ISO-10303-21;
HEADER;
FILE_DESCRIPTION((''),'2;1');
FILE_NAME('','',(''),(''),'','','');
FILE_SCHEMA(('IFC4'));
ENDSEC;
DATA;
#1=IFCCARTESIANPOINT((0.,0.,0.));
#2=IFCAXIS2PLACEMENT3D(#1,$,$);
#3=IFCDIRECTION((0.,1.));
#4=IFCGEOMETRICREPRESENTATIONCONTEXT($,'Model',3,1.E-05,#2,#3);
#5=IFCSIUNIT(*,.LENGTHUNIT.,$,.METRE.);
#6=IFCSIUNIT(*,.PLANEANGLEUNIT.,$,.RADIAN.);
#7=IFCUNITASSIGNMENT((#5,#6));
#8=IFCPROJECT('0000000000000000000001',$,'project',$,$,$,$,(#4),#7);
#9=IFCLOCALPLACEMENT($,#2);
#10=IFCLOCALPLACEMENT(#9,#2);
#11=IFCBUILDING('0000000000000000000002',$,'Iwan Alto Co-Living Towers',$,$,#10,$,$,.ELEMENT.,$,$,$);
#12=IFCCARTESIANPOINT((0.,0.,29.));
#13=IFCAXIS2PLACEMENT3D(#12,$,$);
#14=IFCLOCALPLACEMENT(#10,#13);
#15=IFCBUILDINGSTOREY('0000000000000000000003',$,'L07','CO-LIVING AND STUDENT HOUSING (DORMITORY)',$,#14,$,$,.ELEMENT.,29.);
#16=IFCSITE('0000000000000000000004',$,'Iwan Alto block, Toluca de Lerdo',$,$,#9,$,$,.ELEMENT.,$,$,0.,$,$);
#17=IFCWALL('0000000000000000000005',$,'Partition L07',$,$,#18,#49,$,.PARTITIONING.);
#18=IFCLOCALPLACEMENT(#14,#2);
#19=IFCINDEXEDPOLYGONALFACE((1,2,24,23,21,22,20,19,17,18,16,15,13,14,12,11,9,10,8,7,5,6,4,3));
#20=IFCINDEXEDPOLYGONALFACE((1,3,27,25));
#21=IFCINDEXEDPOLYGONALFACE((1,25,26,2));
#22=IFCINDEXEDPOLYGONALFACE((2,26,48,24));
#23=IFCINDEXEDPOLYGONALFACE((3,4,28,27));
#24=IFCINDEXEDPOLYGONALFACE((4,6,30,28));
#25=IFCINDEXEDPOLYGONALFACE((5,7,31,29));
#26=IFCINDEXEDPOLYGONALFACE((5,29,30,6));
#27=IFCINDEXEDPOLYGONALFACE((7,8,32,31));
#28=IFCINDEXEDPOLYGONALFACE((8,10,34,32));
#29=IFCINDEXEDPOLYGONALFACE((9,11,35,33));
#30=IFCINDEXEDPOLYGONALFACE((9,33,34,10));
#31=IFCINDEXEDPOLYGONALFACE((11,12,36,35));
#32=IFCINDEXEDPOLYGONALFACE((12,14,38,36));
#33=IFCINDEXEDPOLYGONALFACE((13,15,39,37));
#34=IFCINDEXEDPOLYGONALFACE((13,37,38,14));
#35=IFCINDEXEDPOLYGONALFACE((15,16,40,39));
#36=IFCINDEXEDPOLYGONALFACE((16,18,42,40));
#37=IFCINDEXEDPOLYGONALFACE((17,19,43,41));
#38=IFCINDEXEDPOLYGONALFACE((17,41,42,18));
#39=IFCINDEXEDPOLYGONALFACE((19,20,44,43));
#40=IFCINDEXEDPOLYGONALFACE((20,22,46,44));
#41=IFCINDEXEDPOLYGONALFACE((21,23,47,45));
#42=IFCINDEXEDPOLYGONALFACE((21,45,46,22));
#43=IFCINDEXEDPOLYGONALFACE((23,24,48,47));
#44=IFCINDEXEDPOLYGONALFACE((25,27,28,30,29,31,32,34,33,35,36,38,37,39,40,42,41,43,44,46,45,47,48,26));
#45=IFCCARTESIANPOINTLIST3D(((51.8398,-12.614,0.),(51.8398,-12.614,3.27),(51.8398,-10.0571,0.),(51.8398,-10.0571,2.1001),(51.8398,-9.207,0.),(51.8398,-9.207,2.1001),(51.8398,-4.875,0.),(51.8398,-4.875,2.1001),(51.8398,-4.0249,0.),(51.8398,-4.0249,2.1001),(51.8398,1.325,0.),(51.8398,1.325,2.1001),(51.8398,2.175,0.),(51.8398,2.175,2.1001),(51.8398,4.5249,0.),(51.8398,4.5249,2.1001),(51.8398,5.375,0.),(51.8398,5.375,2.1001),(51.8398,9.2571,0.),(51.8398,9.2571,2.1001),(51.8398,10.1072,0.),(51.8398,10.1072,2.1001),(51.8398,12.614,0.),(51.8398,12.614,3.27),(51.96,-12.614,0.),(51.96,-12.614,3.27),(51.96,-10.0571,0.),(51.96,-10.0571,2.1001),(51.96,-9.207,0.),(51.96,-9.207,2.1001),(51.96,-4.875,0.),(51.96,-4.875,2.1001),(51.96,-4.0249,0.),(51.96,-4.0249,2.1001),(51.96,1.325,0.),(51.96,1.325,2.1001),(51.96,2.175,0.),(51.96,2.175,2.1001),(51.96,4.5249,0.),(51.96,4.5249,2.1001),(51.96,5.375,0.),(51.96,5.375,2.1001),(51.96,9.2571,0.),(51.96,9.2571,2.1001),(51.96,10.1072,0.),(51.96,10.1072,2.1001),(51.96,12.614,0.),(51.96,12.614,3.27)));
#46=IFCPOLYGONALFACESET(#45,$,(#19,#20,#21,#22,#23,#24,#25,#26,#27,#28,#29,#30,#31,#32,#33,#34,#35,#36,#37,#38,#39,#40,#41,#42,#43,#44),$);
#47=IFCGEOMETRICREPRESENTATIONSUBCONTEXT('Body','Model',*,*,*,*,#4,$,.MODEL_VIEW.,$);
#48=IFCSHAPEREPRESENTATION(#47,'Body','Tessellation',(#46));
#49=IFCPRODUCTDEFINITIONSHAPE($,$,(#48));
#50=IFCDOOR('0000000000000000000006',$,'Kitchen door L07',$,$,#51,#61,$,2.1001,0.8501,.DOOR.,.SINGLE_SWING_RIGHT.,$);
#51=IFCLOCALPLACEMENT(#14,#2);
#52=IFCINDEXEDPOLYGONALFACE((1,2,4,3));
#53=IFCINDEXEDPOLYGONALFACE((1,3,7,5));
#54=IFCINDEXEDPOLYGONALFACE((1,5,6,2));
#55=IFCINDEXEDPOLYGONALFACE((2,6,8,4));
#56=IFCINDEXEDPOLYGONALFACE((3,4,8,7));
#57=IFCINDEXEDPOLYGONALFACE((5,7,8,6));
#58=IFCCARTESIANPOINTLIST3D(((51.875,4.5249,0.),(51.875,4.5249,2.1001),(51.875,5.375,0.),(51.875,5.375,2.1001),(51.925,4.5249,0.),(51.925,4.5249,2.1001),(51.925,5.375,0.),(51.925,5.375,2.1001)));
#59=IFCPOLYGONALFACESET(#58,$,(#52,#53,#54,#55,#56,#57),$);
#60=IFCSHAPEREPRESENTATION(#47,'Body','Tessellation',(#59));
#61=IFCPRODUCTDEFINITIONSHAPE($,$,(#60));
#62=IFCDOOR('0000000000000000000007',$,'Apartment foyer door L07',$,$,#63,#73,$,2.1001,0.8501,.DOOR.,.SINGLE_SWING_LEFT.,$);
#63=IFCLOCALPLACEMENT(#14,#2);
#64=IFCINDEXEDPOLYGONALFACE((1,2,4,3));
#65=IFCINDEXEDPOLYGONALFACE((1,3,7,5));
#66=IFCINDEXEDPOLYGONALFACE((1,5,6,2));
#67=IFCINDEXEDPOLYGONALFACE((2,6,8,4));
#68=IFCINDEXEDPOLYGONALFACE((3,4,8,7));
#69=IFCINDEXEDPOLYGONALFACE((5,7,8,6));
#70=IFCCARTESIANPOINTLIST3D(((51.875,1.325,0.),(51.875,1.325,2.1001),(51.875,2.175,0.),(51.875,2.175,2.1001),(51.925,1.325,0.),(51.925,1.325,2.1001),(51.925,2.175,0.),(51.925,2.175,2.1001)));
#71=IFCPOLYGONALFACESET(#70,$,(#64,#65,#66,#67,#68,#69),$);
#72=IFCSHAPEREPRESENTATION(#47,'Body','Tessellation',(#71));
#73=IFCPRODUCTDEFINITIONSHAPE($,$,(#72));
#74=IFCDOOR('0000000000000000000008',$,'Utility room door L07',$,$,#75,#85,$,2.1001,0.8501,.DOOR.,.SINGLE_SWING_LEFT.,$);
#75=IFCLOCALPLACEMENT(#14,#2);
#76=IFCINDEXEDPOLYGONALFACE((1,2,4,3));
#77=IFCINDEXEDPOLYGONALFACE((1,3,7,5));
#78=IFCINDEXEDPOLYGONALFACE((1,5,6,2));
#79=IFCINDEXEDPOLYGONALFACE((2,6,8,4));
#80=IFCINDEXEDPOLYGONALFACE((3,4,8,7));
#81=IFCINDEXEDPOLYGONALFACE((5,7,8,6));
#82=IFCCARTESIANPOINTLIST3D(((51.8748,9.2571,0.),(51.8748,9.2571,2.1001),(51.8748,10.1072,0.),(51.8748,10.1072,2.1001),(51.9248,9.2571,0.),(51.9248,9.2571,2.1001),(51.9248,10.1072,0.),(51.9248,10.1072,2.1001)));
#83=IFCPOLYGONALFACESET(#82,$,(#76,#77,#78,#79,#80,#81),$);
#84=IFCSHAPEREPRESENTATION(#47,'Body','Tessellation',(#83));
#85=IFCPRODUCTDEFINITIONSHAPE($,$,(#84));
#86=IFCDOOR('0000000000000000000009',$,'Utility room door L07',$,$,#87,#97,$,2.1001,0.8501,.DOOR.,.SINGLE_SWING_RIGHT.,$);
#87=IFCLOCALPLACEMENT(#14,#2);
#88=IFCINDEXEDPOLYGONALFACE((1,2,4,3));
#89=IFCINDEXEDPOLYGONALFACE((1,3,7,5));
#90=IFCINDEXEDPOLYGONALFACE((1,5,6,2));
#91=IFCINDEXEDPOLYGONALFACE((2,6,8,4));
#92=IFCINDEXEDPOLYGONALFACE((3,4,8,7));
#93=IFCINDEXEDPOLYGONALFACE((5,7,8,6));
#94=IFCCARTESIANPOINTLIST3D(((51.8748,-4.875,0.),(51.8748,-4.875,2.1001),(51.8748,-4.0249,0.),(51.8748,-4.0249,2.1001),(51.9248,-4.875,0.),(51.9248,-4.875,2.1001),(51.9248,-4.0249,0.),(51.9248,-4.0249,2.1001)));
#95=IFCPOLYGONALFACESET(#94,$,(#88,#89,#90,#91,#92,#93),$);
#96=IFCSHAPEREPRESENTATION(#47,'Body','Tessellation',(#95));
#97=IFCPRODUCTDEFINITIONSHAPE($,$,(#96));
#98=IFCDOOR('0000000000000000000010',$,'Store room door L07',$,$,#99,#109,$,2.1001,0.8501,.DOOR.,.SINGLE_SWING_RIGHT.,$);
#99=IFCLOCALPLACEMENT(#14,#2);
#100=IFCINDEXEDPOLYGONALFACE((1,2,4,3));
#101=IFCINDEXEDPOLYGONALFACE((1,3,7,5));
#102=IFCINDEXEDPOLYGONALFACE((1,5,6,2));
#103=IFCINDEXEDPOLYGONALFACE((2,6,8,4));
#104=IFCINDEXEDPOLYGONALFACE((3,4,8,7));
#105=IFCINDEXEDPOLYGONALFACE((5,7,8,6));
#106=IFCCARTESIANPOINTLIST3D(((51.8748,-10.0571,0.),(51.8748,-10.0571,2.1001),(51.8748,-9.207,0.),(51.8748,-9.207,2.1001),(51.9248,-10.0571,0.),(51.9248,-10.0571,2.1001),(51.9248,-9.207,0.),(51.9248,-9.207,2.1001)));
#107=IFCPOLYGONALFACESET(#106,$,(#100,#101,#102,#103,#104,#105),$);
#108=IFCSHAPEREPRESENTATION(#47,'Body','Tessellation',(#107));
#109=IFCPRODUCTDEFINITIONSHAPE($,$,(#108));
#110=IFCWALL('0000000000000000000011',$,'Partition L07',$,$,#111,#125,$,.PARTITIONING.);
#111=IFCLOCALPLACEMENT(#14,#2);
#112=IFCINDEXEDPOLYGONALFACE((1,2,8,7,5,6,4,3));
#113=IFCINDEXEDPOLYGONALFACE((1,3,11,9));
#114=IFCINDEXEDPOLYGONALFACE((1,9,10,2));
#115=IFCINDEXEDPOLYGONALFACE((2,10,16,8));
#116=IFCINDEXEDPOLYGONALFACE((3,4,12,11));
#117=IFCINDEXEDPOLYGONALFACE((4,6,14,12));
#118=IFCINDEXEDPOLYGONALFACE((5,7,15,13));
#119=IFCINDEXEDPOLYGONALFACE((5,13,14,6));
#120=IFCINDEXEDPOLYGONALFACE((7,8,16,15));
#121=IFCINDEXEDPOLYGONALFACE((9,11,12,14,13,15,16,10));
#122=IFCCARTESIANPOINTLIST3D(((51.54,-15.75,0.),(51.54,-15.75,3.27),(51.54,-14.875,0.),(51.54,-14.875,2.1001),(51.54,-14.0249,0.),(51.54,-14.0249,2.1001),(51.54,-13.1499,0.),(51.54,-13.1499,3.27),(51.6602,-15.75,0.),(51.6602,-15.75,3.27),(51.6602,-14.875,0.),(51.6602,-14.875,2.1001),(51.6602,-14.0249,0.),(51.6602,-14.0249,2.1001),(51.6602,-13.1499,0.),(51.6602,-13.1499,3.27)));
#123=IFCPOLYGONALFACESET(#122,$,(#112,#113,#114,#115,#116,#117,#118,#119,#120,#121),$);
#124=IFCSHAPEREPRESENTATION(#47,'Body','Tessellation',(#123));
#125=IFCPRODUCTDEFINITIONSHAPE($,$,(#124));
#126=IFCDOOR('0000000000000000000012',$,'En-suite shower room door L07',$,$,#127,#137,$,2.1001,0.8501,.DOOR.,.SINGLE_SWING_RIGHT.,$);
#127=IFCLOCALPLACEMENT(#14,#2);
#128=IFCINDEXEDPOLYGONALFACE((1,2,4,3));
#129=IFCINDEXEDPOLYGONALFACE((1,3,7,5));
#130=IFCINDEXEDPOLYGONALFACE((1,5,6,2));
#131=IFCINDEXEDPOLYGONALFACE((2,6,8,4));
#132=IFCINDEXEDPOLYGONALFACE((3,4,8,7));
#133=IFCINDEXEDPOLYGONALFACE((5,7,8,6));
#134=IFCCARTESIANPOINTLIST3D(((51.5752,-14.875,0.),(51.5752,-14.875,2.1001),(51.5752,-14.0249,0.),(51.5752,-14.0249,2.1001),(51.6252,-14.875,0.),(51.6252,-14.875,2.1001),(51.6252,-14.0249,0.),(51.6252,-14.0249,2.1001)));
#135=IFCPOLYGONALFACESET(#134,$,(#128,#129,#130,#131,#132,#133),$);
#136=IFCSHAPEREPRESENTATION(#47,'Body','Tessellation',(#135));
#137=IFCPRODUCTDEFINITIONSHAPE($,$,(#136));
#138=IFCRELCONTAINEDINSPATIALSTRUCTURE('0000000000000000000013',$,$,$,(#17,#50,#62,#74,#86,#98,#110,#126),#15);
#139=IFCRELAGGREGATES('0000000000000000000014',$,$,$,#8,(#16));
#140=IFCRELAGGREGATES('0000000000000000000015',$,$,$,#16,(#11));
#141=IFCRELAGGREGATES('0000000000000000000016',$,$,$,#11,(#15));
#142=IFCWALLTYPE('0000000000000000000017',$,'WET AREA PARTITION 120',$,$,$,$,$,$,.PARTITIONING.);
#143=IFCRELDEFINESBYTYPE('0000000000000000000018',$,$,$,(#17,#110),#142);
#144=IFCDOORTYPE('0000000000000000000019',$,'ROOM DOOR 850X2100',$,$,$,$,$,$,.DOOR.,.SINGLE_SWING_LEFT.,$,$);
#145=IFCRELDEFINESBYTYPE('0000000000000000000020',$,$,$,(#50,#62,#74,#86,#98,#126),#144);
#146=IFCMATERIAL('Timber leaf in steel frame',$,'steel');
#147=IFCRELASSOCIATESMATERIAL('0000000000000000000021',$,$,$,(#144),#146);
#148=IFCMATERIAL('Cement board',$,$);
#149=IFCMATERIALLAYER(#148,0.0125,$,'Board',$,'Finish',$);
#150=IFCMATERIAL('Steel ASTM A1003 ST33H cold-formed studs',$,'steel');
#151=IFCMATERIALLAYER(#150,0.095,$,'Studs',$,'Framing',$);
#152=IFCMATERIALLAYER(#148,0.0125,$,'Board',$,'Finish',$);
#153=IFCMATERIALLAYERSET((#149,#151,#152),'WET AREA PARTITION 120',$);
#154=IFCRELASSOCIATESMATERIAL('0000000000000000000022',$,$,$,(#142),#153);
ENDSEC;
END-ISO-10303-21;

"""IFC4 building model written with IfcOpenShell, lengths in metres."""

from ifc_helpers import new_model, si_unit, direction, frame, frame_2d, origin, place, context, subcontext, project, spatial, rectangle, extrude, material, layer, layer_set, type_object, element, fill, save


model = new_model("IFC4")

# Units and contexts
model_context = context("Model", 3, precision=1e-05, world=origin(), true_north=direction((0.0, 1.0)))
body_context = subcontext(model_context, "Body", "Model", "MODEL_VIEW")
ifc_project = project(units=[si_unit("LENGTHUNIT", "METRE"), si_unit("PLANEANGLEUNIT", "RADIAN")], contexts=[model_context])

# Site, building, storey
site_placement = place(None, origin())
site = spatial("IfcSite", under=ifc_project, at=site_placement, Name="Iwan Alto block, Toluca de Lerdo", CompositionType="ELEMENT", RefElevation=0.0)
building_placement = place(site_placement, origin())
building = spatial("IfcBuilding", under=site, at=building_placement, Name="Iwan Alto Co-Living Towers", CompositionType="ELEMENT")
storey_placement = place(building_placement, frame((0.0, 0.0, 29.0)))
storey = spatial("IfcBuildingStorey", under=building, at=storey_placement, Name="L07", Description="CO-LIVING AND STUDENT HOUSING (DORMITORY)", CompositionType="ELEMENT", Elevation=29.0)

# Shared definitions
ifc_material_1 = material(Name="Steel ASTM A1003 ST33H cold-formed studs", Category="steel")

# Shared definitions
ifc_material_2 = material(Name="Timber leaf in steel frame", Category="steel")
door_type = type_object("IfcDoorType", Name="ROOM DOOR 850X2100", OperationType="SINGLE_SWING_LEFT", PredefinedType="DOOR", material=ifc_material_2)

# Shared definitions
ifc_material_3 = material(Name="Cement board")
ifc_layer_1 = layer(ifc_material_3, 0.0125, Name="Board", Category="Finish")
ifc_layer_2 = layer(ifc_material_1, 0.095, Name="Studs", Category="Framing")
ifc_layer_3 = layer(ifc_material_3, 0.0125, Name="Board", Category="Finish")
ifc_layer_set_1 = layer_set([ifc_layer_1, ifc_layer_2, ifc_layer_3], Name="WET AREA PARTITION 120")
wall_type_1 = type_object("IfcWallType", Name="WET AREA PARTITION 120", PredefinedType="PARTITIONING", material=ifc_layer_set_1)

# Wall, openings, doors
wall_1_placement = place(storey_placement, frame((51.8999, -12.614, 0.0), z_axis=(0.0, 0.0, 1.0), x_axis=(0.0, 1.0, 0.0)))
wall_1 = element("IfcWall", 1, at=wall_1_placement, inside=storey, type_object=wall_type_1, Name="Partition L07", PredefinedType="PARTITIONING", context=body_context, shape_type="SweptSolid", body=[
    extrude(rectangle(XDim=25.228, YDim=0.1201, at=frame_2d((12.614, 0.0))), origin(), (0.0, 0.0, 1.0), 3.27),
])
opening_1_placement = place(wall_1_placement, frame((17.1389, 0.0, 0.0)))
opening_1 = element("IfcOpeningElement", 2, at=opening_1_placement, cuts=wall_1, PredefinedType="OPENING", context=body_context, shape_type="SweptSolid", body=[
    extrude(rectangle(XDim=0.8501, YDim=2.1001, at=frame_2d((0.425, 1.05))), frame((0.0, 0.0701, 0.0), z_axis=(0.0, -1.0, 0.0), x_axis=(1.0, 0.0, 0.0)), (0.0, 0.0, 1.0), 0.1401),
])
opening_2_placement = place(wall_1_placement, frame((13.939, 0.0, 0.0)))
opening_2 = element("IfcOpeningElement", 3, at=opening_2_placement, cuts=wall_1, PredefinedType="OPENING", context=body_context, shape_type="SweptSolid", body=[
    extrude(rectangle(XDim=0.8501, YDim=2.1001, at=frame_2d((0.425, 1.05))), frame((0.0, 0.0701, 0.0), z_axis=(0.0, -1.0, 0.0), x_axis=(1.0, 0.0, 0.0)), (0.0, 0.0, 1.0), 0.1401),
])
opening_3_placement = place(wall_1_placement, frame((21.8711, 0.0, 0.0)))
opening_3 = element("IfcOpeningElement", 4, at=opening_3_placement, cuts=wall_1, PredefinedType="OPENING", context=body_context, shape_type="SweptSolid", body=[
    extrude(rectangle(XDim=0.8501, YDim=2.1001, at=frame_2d((0.425, 1.05))), frame((0.0, 0.0701, 0.0), z_axis=(0.0, -1.0, 0.0), x_axis=(1.0, 0.0, 0.0)), (0.0, 0.0, 1.0), 0.1401),
])
opening_4_placement = place(wall_1_placement, frame((7.739, 0.0, 0.0)))
opening_4 = element("IfcOpeningElement", 5, at=opening_4_placement, cuts=wall_1, PredefinedType="OPENING", context=body_context, shape_type="SweptSolid", body=[
    extrude(rectangle(XDim=0.8501, YDim=2.1001, at=frame_2d((0.425, 1.05))), frame((0.0, 0.0701, 0.0), z_axis=(0.0, -1.0, 0.0), x_axis=(1.0, 0.0, 0.0)), (0.0, 0.0, 1.0), 0.1401),
])
opening_5_placement = place(wall_1_placement, frame((2.5569, 0.0, 0.0)))
opening_5 = element("IfcOpeningElement", 6, at=opening_5_placement, cuts=wall_1, PredefinedType="OPENING", context=body_context, shape_type="SweptSolid", body=[
    extrude(rectangle(XDim=0.8501, YDim=2.1001, at=frame_2d((0.425, 1.05))), frame((0.0, 0.0701, 0.0), z_axis=(0.0, -1.0, 0.0), x_axis=(1.0, 0.0, 0.0)), (0.0, 0.0, 1.0), 0.1401),
])
door_1_placement = place(opening_1_placement, origin())
door_1 = element("IfcDoor", 7, at=door_1_placement, inside=storey, type_object=door_type, Name="Kitchen door L07", OperationType="SINGLE_SWING_RIGHT", OverallHeight=2.1001, OverallWidth=0.8501, PredefinedType="DOOR", context=body_context, shape_type="SweptSolid", body=[
    extrude(rectangle(XDim=0.8501, YDim=2.1001, at=frame_2d((0.425, 1.05))), frame((0.0, 0.0249, 0.0), z_axis=(0.0, -1.0, 0.0), x_axis=(1.0, 0.0, 0.0)), (0.0, 0.0, 1.0), 0.05),
])
fill(opening_1, door_1)
door_2_placement = place(opening_2_placement, origin())
door_2 = element("IfcDoor", 8, at=door_2_placement, inside=storey, type_object=door_type, Name="Apartment foyer door L07", OperationType="SINGLE_SWING_LEFT", OverallHeight=2.1001, OverallWidth=0.8501, PredefinedType="DOOR", context=body_context, shape_type="SweptSolid", body=[
    extrude(rectangle(XDim=0.8501, YDim=2.1001, at=frame_2d((0.425, 1.05))), frame((0.0, 0.0249, 0.0), z_axis=(0.0, -1.0, 0.0), x_axis=(1.0, 0.0, 0.0)), (0.0, 0.0, 1.0), 0.05),
])
fill(opening_2, door_2)
door_3_placement = place(opening_3_placement, frame((0.8501, 0.0, 0.0), z_axis=(0.0, 0.0, 1.0), x_axis=(-1.0, 0.0, 0.0)))
door_3 = element("IfcDoor", 9, at=door_3_placement, inside=storey, type_object=door_type, Name="Utility room door L07", OperationType="SINGLE_SWING_LEFT", OverallHeight=2.1001, OverallWidth=0.8501, PredefinedType="DOOR", context=body_context, shape_type="SweptSolid", body=[
    extrude(rectangle(XDim=0.8501, YDim=2.1001, at=frame_2d((0.425, 1.05))), frame((0.0, 0.0249, 0.0), z_axis=(0.0, -1.0, 0.0), x_axis=(1.0, 0.0, 0.0)), (0.0, 0.0, 1.0), 0.05),
])
fill(opening_3, door_3)
door_4_placement = place(opening_4_placement, frame((0.8501, 0.0, 0.0), z_axis=(0.0, 0.0, 1.0), x_axis=(-1.0, 0.0, 0.0)))
door_4 = element("IfcDoor", 10, at=door_4_placement, inside=storey, type_object=door_type, Name="Utility room door L07", OperationType="SINGLE_SWING_RIGHT", OverallHeight=2.1001, OverallWidth=0.8501, PredefinedType="DOOR", context=body_context, shape_type="SweptSolid", body=[
    extrude(rectangle(XDim=0.8501, YDim=2.1001, at=frame_2d((0.425, 1.05))), frame((0.0, 0.0249, 0.0), z_axis=(0.0, -1.0, 0.0), x_axis=(1.0, 0.0, 0.0)), (0.0, 0.0, 1.0), 0.05),
])
fill(opening_4, door_4)
door_5_placement = place(opening_5_placement, frame((0.8501, 0.0, 0.0), z_axis=(0.0, 0.0, 1.0), x_axis=(-1.0, 0.0, 0.0)))
door_5 = element("IfcDoor", 11, at=door_5_placement, inside=storey, type_object=door_type, Name="Store room door L07", OperationType="SINGLE_SWING_RIGHT", OverallHeight=2.1001, OverallWidth=0.8501, PredefinedType="DOOR", context=body_context, shape_type="SweptSolid", body=[
    extrude(rectangle(XDim=0.8501, YDim=2.1001, at=frame_2d((0.425, 1.05))), frame((0.0, 0.0249, 0.0), z_axis=(0.0, -1.0, 0.0), x_axis=(1.0, 0.0, 0.0)), (0.0, 0.0, 1.0), 0.05),
])
fill(opening_5, door_5)

# Wall, opening, door
wall_2_placement = place(storey_placement, frame((51.6001, -15.75, 0.0), z_axis=(0.0, 0.0, 1.0), x_axis=(0.0, 1.0, 0.0)))
wall_2 = element("IfcWall", 12, at=wall_2_placement, inside=storey, type_object=wall_type_1, Name="Partition L07", PredefinedType="PARTITIONING", context=body_context, shape_type="SweptSolid", body=[
    extrude(rectangle(XDim=2.6001, YDim=0.1201, at=frame_2d((1.3, 0.0))), origin(), (0.0, 0.0, 1.0), 3.27),
])
opening_6_placement = place(wall_2_placement, frame((0.875, 0.0, 0.0)))
opening_6 = element("IfcOpeningElement", 13, at=opening_6_placement, cuts=wall_2, PredefinedType="OPENING", context=body_context, shape_type="SweptSolid", body=[
    extrude(rectangle(XDim=0.8501, YDim=2.1001, at=frame_2d((0.425, 1.05))), frame((0.0, 0.0701, 0.0), z_axis=(0.0, -1.0, 0.0), x_axis=(1.0, 0.0, 0.0)), (0.0, 0.0, 1.0), 0.1401),
])
door_6_placement = place(opening_6_placement, origin())
door_6 = element("IfcDoor", 14, at=door_6_placement, inside=storey, type_object=door_type, Name="En-suite shower room door L07", OperationType="SINGLE_SWING_RIGHT", OverallHeight=2.1001, OverallWidth=0.8501, PredefinedType="DOOR", context=body_context, shape_type="SweptSolid", body=[
    extrude(rectangle(XDim=0.8501, YDim=2.1001, at=frame_2d((0.425, 1.05))), frame((0.0, 0.0249, 0.0), z_axis=(0.0, -1.0, 0.0), x_axis=(1.0, 0.0, 0.0)), (0.0, 0.0, 1.0), 0.05),
])
fill(opening_6, door_6)

save(model, "model.ifc")
